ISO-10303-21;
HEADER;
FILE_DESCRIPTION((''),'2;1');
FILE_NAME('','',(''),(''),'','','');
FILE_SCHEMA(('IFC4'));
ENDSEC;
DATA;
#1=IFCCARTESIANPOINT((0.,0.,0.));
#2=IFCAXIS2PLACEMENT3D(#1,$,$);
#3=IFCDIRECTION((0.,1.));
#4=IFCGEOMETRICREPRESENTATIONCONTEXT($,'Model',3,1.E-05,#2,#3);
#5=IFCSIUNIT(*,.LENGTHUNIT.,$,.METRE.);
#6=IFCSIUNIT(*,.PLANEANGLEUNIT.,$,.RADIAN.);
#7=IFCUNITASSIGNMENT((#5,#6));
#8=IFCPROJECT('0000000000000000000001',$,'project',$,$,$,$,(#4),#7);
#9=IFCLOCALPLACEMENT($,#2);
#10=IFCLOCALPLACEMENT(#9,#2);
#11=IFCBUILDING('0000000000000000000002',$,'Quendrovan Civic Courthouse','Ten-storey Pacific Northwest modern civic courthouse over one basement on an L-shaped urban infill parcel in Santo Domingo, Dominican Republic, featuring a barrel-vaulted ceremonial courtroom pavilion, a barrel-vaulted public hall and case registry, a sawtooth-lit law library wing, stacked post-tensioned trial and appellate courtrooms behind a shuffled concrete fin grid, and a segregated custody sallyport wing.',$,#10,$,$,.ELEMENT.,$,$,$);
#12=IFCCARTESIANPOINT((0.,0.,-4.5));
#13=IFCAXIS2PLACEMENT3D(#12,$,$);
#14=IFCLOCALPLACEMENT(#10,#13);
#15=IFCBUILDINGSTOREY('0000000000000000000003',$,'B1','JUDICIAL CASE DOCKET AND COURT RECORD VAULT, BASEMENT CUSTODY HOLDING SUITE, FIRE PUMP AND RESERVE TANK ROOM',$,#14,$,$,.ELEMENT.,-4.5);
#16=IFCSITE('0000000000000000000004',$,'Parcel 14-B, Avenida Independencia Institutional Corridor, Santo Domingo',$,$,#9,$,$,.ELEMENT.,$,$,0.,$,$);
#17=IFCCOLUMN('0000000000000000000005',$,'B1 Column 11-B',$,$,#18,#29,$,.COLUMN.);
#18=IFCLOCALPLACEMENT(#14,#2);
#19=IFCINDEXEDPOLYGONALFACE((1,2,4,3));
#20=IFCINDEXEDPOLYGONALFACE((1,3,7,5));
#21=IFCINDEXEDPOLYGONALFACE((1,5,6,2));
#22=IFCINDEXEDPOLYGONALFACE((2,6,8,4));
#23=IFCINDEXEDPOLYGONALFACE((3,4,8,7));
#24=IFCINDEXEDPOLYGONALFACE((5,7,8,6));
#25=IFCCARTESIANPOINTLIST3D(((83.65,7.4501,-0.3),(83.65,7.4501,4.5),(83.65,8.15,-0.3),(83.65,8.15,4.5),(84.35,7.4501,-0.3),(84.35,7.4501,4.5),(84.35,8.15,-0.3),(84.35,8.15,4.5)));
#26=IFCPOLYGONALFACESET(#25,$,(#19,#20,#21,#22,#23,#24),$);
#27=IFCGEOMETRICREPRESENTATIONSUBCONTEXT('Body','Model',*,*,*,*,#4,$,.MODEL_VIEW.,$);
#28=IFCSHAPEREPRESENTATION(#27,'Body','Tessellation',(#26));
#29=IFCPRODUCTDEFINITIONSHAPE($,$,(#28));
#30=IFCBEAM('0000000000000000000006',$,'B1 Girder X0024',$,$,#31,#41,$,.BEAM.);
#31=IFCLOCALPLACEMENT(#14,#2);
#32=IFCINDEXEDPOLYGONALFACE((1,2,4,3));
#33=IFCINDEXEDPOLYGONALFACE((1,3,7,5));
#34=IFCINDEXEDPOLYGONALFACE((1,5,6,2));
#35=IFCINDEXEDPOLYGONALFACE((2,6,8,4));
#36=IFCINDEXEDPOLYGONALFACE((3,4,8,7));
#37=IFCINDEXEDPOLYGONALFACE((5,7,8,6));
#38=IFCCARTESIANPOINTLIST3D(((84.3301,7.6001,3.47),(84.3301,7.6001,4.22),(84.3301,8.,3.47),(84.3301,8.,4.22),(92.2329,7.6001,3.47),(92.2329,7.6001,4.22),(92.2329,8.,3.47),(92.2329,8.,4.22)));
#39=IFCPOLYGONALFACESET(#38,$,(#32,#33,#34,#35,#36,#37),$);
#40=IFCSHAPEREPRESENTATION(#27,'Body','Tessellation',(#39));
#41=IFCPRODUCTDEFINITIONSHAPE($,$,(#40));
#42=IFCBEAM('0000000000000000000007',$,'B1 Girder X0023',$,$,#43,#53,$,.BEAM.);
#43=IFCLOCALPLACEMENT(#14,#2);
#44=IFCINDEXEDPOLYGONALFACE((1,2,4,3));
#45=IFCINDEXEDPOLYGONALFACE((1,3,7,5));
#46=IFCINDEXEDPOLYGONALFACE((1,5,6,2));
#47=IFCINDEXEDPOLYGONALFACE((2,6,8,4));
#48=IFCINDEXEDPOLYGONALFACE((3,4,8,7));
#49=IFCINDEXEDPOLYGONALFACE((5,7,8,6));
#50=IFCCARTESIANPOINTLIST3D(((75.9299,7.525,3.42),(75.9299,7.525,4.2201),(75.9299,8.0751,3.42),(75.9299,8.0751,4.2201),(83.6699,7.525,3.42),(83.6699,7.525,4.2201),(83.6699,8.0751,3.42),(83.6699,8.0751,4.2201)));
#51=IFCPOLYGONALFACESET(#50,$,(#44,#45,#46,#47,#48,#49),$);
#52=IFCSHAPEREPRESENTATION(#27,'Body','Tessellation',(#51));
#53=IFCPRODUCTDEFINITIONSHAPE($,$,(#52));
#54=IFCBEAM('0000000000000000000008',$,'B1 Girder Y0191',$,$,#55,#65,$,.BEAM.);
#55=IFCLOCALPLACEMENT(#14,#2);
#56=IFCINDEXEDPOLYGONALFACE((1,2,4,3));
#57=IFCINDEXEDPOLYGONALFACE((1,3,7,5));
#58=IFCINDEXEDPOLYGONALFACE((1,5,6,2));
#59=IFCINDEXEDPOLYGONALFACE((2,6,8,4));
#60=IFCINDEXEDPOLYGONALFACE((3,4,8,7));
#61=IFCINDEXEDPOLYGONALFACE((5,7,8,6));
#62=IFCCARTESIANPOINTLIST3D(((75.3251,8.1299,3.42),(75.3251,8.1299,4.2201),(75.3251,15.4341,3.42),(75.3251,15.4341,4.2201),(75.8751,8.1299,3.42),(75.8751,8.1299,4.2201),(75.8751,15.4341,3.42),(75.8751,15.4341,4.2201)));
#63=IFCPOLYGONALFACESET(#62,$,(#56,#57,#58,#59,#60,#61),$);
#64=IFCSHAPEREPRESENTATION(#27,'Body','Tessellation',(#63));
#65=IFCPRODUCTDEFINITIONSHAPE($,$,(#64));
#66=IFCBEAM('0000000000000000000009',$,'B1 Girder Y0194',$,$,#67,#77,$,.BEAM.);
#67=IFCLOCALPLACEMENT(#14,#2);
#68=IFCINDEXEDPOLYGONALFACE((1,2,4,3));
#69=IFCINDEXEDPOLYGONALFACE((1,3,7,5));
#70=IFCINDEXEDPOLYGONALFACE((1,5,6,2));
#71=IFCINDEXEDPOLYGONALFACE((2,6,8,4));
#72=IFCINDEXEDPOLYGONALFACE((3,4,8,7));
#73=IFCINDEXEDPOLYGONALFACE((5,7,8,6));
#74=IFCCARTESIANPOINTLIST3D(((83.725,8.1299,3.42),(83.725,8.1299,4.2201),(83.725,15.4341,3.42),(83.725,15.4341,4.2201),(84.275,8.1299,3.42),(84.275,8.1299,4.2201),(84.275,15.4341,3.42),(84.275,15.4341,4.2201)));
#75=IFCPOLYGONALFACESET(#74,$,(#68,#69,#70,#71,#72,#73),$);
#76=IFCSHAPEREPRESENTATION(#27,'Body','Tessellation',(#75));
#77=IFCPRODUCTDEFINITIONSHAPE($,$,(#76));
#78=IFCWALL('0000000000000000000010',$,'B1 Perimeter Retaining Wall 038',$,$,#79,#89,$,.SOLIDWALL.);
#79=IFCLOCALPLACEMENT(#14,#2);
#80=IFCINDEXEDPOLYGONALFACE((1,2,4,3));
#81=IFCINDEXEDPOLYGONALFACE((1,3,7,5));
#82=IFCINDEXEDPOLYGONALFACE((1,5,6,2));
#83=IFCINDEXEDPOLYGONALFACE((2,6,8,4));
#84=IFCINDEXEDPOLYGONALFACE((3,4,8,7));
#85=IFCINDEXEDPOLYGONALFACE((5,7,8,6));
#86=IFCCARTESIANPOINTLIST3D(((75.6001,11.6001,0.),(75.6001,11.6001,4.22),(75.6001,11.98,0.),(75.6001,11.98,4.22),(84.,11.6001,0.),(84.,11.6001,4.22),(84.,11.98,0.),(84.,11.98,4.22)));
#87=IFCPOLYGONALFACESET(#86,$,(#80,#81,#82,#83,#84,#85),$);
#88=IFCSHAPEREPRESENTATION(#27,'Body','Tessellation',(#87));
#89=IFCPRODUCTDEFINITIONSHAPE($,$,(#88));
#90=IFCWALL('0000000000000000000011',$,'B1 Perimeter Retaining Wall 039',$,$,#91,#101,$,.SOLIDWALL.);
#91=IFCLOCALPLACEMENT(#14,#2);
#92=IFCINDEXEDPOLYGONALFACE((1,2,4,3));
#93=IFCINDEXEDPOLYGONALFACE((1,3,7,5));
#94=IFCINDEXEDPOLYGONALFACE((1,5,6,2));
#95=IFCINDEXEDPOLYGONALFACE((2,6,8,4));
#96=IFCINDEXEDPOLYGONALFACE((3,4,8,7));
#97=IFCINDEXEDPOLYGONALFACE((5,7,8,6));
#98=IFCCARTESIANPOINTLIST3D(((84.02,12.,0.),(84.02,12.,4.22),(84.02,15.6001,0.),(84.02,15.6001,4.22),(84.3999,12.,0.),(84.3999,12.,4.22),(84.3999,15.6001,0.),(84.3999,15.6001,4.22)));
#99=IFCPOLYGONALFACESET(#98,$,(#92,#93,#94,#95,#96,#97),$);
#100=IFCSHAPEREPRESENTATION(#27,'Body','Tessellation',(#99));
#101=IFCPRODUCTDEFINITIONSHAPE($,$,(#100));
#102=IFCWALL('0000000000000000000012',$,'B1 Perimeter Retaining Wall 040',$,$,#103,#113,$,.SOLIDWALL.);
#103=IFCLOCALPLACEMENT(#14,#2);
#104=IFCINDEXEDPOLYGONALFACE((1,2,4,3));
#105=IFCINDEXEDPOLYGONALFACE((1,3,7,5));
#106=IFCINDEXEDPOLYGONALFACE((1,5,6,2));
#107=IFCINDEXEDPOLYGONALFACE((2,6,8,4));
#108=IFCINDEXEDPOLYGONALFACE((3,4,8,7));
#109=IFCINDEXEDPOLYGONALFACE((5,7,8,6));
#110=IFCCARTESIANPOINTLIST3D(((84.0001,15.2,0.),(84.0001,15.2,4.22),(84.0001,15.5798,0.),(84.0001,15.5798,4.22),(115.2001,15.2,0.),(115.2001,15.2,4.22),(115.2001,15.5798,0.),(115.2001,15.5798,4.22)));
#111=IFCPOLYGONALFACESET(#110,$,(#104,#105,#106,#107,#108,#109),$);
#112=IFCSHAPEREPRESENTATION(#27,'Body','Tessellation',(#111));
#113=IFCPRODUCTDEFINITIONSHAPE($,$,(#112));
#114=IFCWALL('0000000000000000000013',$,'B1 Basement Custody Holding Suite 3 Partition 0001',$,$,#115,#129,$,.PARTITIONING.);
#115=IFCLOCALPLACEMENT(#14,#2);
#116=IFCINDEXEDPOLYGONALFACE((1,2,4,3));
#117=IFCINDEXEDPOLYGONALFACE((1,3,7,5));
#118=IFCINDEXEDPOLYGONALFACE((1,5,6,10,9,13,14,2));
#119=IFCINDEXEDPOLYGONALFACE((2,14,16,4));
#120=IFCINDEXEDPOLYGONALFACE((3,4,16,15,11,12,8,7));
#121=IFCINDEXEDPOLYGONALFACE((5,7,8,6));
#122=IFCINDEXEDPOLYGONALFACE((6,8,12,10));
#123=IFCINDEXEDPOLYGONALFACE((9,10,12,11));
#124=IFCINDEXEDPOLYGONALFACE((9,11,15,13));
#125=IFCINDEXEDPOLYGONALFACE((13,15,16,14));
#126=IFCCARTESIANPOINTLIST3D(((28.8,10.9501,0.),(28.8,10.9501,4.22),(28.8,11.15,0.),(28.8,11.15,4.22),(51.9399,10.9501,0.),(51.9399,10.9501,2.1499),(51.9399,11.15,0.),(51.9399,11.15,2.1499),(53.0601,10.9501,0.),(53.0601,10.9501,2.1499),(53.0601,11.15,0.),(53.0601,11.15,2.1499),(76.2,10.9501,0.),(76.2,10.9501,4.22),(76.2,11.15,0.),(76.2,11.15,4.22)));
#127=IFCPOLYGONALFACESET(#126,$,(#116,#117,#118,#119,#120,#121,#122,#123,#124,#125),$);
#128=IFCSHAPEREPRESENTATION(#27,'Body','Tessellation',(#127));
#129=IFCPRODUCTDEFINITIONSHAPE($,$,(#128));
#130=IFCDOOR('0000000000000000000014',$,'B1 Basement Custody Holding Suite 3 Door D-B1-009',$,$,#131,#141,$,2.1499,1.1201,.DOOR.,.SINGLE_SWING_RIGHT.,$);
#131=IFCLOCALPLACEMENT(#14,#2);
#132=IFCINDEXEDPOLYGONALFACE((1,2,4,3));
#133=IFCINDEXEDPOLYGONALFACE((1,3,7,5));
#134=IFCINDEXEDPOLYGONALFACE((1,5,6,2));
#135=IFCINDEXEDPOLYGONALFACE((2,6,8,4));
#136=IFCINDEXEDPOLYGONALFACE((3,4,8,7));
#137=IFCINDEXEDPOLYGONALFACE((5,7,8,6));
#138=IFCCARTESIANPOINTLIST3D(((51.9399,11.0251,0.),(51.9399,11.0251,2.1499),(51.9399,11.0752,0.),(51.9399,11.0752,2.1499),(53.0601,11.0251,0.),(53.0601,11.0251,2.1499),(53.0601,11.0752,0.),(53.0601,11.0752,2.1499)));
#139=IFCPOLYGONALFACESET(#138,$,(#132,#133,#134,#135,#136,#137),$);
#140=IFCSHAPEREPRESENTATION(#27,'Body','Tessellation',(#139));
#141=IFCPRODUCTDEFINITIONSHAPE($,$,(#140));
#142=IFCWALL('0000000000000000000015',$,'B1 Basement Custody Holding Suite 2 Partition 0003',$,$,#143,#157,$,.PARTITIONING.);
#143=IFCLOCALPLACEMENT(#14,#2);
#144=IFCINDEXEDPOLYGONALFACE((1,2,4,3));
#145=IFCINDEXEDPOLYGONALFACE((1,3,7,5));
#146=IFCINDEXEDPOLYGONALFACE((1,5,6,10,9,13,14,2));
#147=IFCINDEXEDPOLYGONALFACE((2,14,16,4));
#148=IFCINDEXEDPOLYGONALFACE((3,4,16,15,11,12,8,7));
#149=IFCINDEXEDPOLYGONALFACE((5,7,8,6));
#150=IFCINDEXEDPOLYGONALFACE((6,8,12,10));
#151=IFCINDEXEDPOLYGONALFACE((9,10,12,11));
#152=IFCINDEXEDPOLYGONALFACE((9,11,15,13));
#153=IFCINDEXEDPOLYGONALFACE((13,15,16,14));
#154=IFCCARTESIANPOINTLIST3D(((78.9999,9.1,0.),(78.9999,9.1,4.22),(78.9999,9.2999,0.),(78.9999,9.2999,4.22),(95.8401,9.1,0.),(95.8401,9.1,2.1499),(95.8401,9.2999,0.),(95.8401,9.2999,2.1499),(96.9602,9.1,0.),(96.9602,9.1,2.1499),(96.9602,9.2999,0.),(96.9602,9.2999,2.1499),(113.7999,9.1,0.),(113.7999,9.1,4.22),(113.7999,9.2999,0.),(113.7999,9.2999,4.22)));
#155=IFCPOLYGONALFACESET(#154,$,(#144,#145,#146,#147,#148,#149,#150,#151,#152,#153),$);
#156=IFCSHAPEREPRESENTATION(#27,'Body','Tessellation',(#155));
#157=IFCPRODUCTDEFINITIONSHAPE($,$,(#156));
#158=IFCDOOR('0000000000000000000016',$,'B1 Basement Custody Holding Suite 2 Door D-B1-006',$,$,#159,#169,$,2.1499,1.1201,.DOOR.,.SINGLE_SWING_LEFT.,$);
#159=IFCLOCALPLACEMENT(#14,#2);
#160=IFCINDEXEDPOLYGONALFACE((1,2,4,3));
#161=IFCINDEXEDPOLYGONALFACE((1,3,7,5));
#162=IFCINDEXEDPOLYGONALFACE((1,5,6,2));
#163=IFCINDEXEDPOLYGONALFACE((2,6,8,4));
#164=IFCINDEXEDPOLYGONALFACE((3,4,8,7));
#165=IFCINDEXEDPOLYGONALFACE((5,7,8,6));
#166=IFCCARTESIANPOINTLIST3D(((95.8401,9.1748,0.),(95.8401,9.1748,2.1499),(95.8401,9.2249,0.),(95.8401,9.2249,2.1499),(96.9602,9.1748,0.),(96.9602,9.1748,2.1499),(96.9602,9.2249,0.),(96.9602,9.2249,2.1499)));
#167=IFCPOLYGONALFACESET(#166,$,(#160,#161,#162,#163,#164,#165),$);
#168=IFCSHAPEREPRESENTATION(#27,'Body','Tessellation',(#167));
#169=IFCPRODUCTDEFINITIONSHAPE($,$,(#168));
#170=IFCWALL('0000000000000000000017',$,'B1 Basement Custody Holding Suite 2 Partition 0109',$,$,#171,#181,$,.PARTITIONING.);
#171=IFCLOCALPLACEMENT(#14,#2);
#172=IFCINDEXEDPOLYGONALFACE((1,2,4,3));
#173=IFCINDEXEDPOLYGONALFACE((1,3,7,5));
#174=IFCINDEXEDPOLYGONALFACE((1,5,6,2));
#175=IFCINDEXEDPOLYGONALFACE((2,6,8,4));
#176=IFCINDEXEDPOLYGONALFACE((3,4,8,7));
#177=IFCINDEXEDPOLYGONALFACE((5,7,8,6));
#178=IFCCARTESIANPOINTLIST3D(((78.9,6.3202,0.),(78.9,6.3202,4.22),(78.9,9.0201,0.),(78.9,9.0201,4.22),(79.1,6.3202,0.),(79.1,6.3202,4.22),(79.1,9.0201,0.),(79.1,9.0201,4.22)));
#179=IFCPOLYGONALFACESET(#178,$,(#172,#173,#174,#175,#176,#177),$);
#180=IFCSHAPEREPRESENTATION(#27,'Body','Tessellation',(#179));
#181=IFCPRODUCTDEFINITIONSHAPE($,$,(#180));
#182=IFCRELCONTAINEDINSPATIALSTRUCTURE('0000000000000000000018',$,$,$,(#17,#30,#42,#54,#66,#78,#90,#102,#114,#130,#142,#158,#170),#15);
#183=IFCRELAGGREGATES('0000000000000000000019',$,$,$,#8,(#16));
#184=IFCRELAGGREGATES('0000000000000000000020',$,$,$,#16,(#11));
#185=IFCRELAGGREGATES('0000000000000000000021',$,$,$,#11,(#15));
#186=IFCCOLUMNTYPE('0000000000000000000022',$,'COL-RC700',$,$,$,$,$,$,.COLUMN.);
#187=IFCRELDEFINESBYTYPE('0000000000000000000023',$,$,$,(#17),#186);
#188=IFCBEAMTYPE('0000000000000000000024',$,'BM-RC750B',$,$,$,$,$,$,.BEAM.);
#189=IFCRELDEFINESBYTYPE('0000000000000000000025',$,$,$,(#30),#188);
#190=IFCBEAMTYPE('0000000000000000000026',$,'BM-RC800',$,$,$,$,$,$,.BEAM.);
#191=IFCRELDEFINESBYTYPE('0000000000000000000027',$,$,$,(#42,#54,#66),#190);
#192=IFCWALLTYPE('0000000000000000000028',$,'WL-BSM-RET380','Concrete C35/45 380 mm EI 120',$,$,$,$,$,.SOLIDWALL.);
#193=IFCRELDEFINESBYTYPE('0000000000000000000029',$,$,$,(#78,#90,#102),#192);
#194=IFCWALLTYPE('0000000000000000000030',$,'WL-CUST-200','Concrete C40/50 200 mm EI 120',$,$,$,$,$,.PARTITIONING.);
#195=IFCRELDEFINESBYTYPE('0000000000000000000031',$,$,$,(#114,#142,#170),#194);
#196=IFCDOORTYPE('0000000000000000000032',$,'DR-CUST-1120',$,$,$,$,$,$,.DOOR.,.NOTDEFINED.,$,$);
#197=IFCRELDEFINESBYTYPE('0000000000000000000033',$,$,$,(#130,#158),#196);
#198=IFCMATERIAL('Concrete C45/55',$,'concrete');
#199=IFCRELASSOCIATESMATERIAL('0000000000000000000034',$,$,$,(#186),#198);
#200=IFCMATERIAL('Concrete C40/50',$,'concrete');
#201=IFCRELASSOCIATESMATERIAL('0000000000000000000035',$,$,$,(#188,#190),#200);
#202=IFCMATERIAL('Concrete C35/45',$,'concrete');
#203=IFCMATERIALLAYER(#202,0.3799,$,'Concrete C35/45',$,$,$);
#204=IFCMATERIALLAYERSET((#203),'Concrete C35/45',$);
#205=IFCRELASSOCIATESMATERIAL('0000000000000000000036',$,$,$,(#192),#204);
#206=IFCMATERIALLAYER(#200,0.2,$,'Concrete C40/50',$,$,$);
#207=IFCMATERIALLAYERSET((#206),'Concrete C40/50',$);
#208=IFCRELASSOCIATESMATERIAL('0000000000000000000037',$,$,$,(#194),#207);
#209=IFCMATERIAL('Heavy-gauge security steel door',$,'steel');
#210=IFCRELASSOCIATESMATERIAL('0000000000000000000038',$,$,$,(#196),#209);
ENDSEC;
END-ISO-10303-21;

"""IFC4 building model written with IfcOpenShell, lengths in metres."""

from ifc_helpers import new_model, si_unit, direction, frame, frame_2d, origin, origin_2d, place, context, subcontext, project, spatial, rectangle, extrude, material, layer, layer_set, material_profile, profile_set, type_object, element, fill, save


model = new_model("IFC4")

# Units and contexts
model_context = context("Model", 3, precision=1e-05, world=origin(), true_north=direction((0.0, 1.0)))
body_context = subcontext(model_context, "Body", "Model", "MODEL_VIEW")
ifc_project = project(units=[si_unit("LENGTHUNIT", "METRE"), si_unit("PLANEANGLEUNIT", "RADIAN")], contexts=[model_context])

# Site, building, storey
site_placement = place(None, origin())
site = spatial("IfcSite", under=ifc_project, at=site_placement, Name="Parcel 14-B, Avenida Independencia Institutional Corridor, Santo Domingo", CompositionType="ELEMENT", RefElevation=0.0)
building_placement = place(site_placement, origin())
building = spatial("IfcBuilding", under=site, at=building_placement, Name="Quendrovan Civic Courthouse", Description="Ten-storey Pacific Northwest modern civic courthouse over one basement on an L-shaped urban infill parcel in Santo Domingo, Dominican Republic, featuring a barrel-vaulted ceremonial courtroom pavilion, a barrel-vaulted public hall and case registry, a sawtooth-lit law library wing, stacked post-tensioned trial and appellate courtrooms behind a shuffled concrete fin grid, and a segregated custody sallyport wing.", CompositionType="ELEMENT")
storey_placement = place(building_placement, frame((0.0, 0.0, -4.5)))
storey = spatial("IfcBuildingStorey", under=building, at=storey_placement, Name="B1", Description="JUDICIAL CASE DOCKET AND COURT RECORD VAULT, BASEMENT CUSTODY HOLDING SUITE, FIRE PUMP AND RESERVE TANK ROOM", CompositionType="ELEMENT", Elevation=-4.5)

# Shared definitions
ifc_material_1 = material(Name="Concrete C35/45", Category="concrete")

# Column
ifc_material_2 = material(Name="Concrete C45/55", Category="concrete")
ifc_material_profile_1 = material_profile(ifc_material_2, rectangle(XDim=0.7, YDim=0.7, at=origin_2d()), Name="RC-COL-700x700")
ifc_profile_set_1 = profile_set([ifc_material_profile_1], Name="Concrete C45/55")
column_type = type_object("IfcColumnType", Name="COL-RC700", PredefinedType="COLUMN", material=ifc_profile_set_1)
for number, where, z_axis, x_axis, name in (
    (1, (84.0, 7.8, -0.3), (0.0, 0.0, 1.0), (1.0, 0.0, 0.0), "B1 Column 11-B"),
):
    element("IfcColumn", number, at=place(storey_placement, frame(where, z_axis=z_axis, x_axis=x_axis)), inside=storey, type_object=column_type, Name=name, PredefinedType="COLUMN", context=body_context, shape_type="SweptSolid", body=[
        extrude(rectangle(XDim=0.7, YDim=0.7, at=origin_2d()), origin(), (0.0, 0.0, 1.0), 4.8),
    ])

# Beams
ifc_material_3 = material(Name="Concrete C40/50", Category="concrete")
ifc_material_profile_2 = material_profile(ifc_material_3, rectangle(XDim=0.3999, YDim=0.75, at=origin_2d()), Name="RC-BM-400x750")
ifc_profile_set_2 = profile_set([ifc_material_profile_2], Name="Concrete C40/50")
beam_type_1 = type_object("IfcBeamType", Name="BM-RC750B", PredefinedType="BEAM", material=ifc_profile_set_2)
beam_1_placement = place(storey_placement, frame((84.3301, 7.8, 3.845), z_axis=(1.0, 0.0, 0.0), x_axis=(0.0, 1.0, 0.0)))
element("IfcBeam", 2, at=beam_1_placement, inside=storey, type_object=beam_type_1, Name="B1 Girder X0024", PredefinedType="BEAM", context=body_context, shape_type="SweptSolid", body=[
    extrude(rectangle(XDim=0.3999, YDim=0.75, at=origin_2d()), origin(), (0.0, 0.0, 1.0), 7.9028),
])
ifc_material_profile_3 = material_profile(ifc_material_3, rectangle(XDim=0.55, YDim=0.8, at=origin_2d()), Name="RC-BM-550x800")
ifc_profile_set_3 = profile_set([ifc_material_profile_3], Name="Concrete C40/50")
beam_type_2 = type_object("IfcBeamType", Name="BM-RC800", PredefinedType="BEAM", material=ifc_profile_set_3)
beam_2_placement = place(storey_placement, frame((75.9299, 7.8, 3.8201), z_axis=(1.0, 0.0, 0.0), x_axis=(0.0, 1.0, 0.0)))
element("IfcBeam", 3, at=beam_2_placement, inside=storey, type_object=beam_type_2, Name="B1 Girder X0023", PredefinedType="BEAM", context=body_context, shape_type="SweptSolid", body=[
    extrude(rectangle(XDim=0.55, YDim=0.8, at=origin_2d()), origin(), (0.0, 0.0, 1.0), 7.74),
])
for number, where, z_axis, x_axis, name in (
    (4, (75.6001, 8.1299, 3.8201), (0.0, 1.0, 0.0), (-1.0, 0.0, 0.0), "B1 Girder Y0191"),
    (5, (84.0, 8.1299, 3.8201), (0.0, 1.0, 0.0), (-1.0, 0.0, 0.0), "B1 Girder Y0194"),
):
    element("IfcBeam", number, at=place(storey_placement, frame(where, z_axis=z_axis, x_axis=x_axis)), inside=storey, type_object=beam_type_2, Name=name, PredefinedType="BEAM", context=body_context, shape_type="SweptSolid", body=[
        extrude(rectangle(XDim=0.55, YDim=0.8, at=origin_2d()), origin(), (0.0, 0.0, 1.0), 7.3042),
    ])

# Walls
ifc_layer_1 = layer(ifc_material_1, 0.3799, Name="Concrete C35/45")
ifc_layer_set_1 = layer_set([ifc_layer_1], Name="Concrete C35/45")
wall_type_1 = type_object("IfcWallType", Name="WL-BSM-RET380", Description="Concrete C35/45 380 mm EI 120", PredefinedType="SOLIDWALL", material=ifc_layer_set_1)
wall_1_placement = place(storey_placement, frame((75.6001, 11.79, 0.0), z_axis=(0.0, 0.0, 1.0), x_axis=(1.0, 0.0, 0.0)))
element("IfcWall", 6, at=wall_1_placement, inside=storey, type_object=wall_type_1, Name="B1 Perimeter Retaining Wall 038", PredefinedType="SOLIDWALL", context=body_context, shape_type="SweptSolid", body=[
    extrude(rectangle(XDim=8.3999, YDim=0.3799, at=frame_2d((4.2, 0.0))), origin(), (0.0, 0.0, 1.0), 4.22),
])
wall_2_placement = place(storey_placement, frame((84.21, 12.0, 0.0), z_axis=(0.0, 0.0, 1.0), x_axis=(0.0, 1.0, 0.0)))
element("IfcWall", 7, at=wall_2_placement, inside=storey, type_object=wall_type_1, Name="B1 Perimeter Retaining Wall 039", PredefinedType="SOLIDWALL", context=body_context, shape_type="SweptSolid", body=[
    extrude(rectangle(XDim=3.6001, YDim=0.3799, at=frame_2d((1.8, 0.0))), origin(), (0.0, 0.0, 1.0), 4.22),
])
wall_3_placement = place(storey_placement, frame((84.0, 15.3899, 0.0), z_axis=(0.0, 0.0, 1.0), x_axis=(1.0, 0.0, 0.0)))
element("IfcWall", 8, at=wall_3_placement, inside=storey, type_object=wall_type_1, Name="B1 Perimeter Retaining Wall 040", PredefinedType="SOLIDWALL", context=body_context, shape_type="SweptSolid", body=[
    extrude(rectangle(XDim=31.2, YDim=0.3799, at=frame_2d((15.6001, 0.0))), origin(), (0.0, 0.0, 1.0), 4.22),
])

# Walls, openings, doors
ifc_layer_2 = layer(ifc_material_3, 0.2, Name="Concrete C40/50")
ifc_layer_set_2 = layer_set([ifc_layer_2], Name="Concrete C40/50")
wall_type_2 = type_object("IfcWallType", Name="WL-CUST-200", Description="Concrete C40/50 200 mm EI 120", PredefinedType="PARTITIONING", material=ifc_layer_set_2)
wall_4_placement = place(storey_placement, frame((76.2, 11.05, 0.0), z_axis=(0.0, 0.0, 1.0), x_axis=(-1.0, 0.0, 0.0)))
wall_4 = element("IfcWall", 9, at=wall_4_placement, inside=storey, type_object=wall_type_2, Name="B1 Basement Custody Holding Suite 3 Partition 0001", PredefinedType="PARTITIONING", context=body_context, shape_type="SweptSolid", body=[
    extrude(rectangle(XDim=47.3999, YDim=0.2, at=frame_2d((23.7, 0.0))), origin(), (0.0, 0.0, 1.0), 4.22),
])
opening_1_placement = place(wall_4_placement, frame((23.1399, 0.0, 0.0)))
opening_1 = element("IfcOpeningElement", 10, at=opening_1_placement, cuts=wall_4, PredefinedType="OPENING", context=body_context, shape_type="SweptSolid", body=[
    extrude(rectangle(XDim=1.1201, YDim=2.1499, at=frame_2d((0.5601, 1.075))), frame((0.0, 0.1099, 0.0), z_axis=(0.0, -1.0, 0.0), x_axis=(1.0, 0.0, 0.0)), (0.0, 0.0, 1.0), 0.22),
])
ifc_material_4 = material(Name="Heavy-gauge security steel door", Category="steel")
door_type = type_object("IfcDoorType", Name="DR-CUST-1120", OperationType="NOTDEFINED", PredefinedType="DOOR", material=ifc_material_4)
door_1_placement = place(opening_1_placement, origin())
door_1 = element("IfcDoor", 11, at=door_1_placement, inside=storey, type_object=door_type, Name="B1 Basement Custody Holding Suite 3 Door D-B1-009", OperationType="SINGLE_SWING_RIGHT", OverallHeight=2.1499, OverallWidth=1.1201, PredefinedType="DOOR", context=body_context, shape_type="SweptSolid", body=[
    extrude(rectangle(XDim=1.1201, YDim=2.1499, at=frame_2d((0.5601, 1.075))), frame((0.0, 0.0249, 0.0), z_axis=(0.0, -1.0, 0.0), x_axis=(1.0, 0.0, 0.0)), (0.0, 0.0, 1.0), 0.05),
])
fill(opening_1, door_1)
wall_5_placement = place(storey_placement, frame((79.0, 9.2, 0.0), z_axis=(0.0, 0.0, 1.0), x_axis=(1.0, 0.0, 0.0)))
wall_5 = element("IfcWall", 12, at=wall_5_placement, inside=storey, type_object=wall_type_2, Name="B1 Basement Custody Holding Suite 2 Partition 0003", PredefinedType="PARTITIONING", context=body_context, shape_type="SweptSolid", body=[
    extrude(rectangle(XDim=34.8, YDim=0.2, at=frame_2d((17.3999, 0.0))), origin(), (0.0, 0.0, 1.0), 4.22),
])
opening_2_placement = place(wall_5_placement, frame((16.8401, 0.0, 0.0)))
opening_2 = element("IfcOpeningElement", 13, at=opening_2_placement, cuts=wall_5, PredefinedType="OPENING", context=body_context, shape_type="SweptSolid", body=[
    extrude(rectangle(XDim=1.1201, YDim=2.1499, at=frame_2d((0.5601, 1.075))), frame((0.0, 0.1099, 0.0), z_axis=(0.0, -1.0, 0.0), x_axis=(1.0, 0.0, 0.0)), (0.0, 0.0, 1.0), 0.22),
])
door_2_placement = place(opening_2_placement, origin())
door_2 = element("IfcDoor", 14, at=door_2_placement, inside=storey, type_object=door_type, Name="B1 Basement Custody Holding Suite 2 Door D-B1-006", OperationType="SINGLE_SWING_LEFT", OverallHeight=2.1499, OverallWidth=1.1201, PredefinedType="DOOR", context=body_context, shape_type="SweptSolid", body=[
    extrude(rectangle(XDim=1.1201, YDim=2.1499, at=frame_2d((0.5601, 1.075))), frame((0.0, 0.0249, 0.0), z_axis=(0.0, -1.0, 0.0), x_axis=(1.0, 0.0, 0.0)), (0.0, 0.0, 1.0), 0.05),
])
fill(opening_2, door_2)

# Wall
wall_6_placement = place(storey_placement, frame((79.0, 6.3201, 0.0), z_axis=(0.0, 0.0, 1.0), x_axis=(0.0, 1.0, 0.0)))
element("IfcWall", 15, at=wall_6_placement, inside=storey, type_object=wall_type_2, Name="B1 Basement Custody Holding Suite 2 Partition 0109", PredefinedType="PARTITIONING", context=body_context, shape_type="SweptSolid", body=[
    extrude(rectangle(XDim=2.7, YDim=0.2, at=frame_2d((1.3501, 0.0))), origin(), (0.0, 0.0, 1.0), 4.22),
])

save(model, "model.ifc")
